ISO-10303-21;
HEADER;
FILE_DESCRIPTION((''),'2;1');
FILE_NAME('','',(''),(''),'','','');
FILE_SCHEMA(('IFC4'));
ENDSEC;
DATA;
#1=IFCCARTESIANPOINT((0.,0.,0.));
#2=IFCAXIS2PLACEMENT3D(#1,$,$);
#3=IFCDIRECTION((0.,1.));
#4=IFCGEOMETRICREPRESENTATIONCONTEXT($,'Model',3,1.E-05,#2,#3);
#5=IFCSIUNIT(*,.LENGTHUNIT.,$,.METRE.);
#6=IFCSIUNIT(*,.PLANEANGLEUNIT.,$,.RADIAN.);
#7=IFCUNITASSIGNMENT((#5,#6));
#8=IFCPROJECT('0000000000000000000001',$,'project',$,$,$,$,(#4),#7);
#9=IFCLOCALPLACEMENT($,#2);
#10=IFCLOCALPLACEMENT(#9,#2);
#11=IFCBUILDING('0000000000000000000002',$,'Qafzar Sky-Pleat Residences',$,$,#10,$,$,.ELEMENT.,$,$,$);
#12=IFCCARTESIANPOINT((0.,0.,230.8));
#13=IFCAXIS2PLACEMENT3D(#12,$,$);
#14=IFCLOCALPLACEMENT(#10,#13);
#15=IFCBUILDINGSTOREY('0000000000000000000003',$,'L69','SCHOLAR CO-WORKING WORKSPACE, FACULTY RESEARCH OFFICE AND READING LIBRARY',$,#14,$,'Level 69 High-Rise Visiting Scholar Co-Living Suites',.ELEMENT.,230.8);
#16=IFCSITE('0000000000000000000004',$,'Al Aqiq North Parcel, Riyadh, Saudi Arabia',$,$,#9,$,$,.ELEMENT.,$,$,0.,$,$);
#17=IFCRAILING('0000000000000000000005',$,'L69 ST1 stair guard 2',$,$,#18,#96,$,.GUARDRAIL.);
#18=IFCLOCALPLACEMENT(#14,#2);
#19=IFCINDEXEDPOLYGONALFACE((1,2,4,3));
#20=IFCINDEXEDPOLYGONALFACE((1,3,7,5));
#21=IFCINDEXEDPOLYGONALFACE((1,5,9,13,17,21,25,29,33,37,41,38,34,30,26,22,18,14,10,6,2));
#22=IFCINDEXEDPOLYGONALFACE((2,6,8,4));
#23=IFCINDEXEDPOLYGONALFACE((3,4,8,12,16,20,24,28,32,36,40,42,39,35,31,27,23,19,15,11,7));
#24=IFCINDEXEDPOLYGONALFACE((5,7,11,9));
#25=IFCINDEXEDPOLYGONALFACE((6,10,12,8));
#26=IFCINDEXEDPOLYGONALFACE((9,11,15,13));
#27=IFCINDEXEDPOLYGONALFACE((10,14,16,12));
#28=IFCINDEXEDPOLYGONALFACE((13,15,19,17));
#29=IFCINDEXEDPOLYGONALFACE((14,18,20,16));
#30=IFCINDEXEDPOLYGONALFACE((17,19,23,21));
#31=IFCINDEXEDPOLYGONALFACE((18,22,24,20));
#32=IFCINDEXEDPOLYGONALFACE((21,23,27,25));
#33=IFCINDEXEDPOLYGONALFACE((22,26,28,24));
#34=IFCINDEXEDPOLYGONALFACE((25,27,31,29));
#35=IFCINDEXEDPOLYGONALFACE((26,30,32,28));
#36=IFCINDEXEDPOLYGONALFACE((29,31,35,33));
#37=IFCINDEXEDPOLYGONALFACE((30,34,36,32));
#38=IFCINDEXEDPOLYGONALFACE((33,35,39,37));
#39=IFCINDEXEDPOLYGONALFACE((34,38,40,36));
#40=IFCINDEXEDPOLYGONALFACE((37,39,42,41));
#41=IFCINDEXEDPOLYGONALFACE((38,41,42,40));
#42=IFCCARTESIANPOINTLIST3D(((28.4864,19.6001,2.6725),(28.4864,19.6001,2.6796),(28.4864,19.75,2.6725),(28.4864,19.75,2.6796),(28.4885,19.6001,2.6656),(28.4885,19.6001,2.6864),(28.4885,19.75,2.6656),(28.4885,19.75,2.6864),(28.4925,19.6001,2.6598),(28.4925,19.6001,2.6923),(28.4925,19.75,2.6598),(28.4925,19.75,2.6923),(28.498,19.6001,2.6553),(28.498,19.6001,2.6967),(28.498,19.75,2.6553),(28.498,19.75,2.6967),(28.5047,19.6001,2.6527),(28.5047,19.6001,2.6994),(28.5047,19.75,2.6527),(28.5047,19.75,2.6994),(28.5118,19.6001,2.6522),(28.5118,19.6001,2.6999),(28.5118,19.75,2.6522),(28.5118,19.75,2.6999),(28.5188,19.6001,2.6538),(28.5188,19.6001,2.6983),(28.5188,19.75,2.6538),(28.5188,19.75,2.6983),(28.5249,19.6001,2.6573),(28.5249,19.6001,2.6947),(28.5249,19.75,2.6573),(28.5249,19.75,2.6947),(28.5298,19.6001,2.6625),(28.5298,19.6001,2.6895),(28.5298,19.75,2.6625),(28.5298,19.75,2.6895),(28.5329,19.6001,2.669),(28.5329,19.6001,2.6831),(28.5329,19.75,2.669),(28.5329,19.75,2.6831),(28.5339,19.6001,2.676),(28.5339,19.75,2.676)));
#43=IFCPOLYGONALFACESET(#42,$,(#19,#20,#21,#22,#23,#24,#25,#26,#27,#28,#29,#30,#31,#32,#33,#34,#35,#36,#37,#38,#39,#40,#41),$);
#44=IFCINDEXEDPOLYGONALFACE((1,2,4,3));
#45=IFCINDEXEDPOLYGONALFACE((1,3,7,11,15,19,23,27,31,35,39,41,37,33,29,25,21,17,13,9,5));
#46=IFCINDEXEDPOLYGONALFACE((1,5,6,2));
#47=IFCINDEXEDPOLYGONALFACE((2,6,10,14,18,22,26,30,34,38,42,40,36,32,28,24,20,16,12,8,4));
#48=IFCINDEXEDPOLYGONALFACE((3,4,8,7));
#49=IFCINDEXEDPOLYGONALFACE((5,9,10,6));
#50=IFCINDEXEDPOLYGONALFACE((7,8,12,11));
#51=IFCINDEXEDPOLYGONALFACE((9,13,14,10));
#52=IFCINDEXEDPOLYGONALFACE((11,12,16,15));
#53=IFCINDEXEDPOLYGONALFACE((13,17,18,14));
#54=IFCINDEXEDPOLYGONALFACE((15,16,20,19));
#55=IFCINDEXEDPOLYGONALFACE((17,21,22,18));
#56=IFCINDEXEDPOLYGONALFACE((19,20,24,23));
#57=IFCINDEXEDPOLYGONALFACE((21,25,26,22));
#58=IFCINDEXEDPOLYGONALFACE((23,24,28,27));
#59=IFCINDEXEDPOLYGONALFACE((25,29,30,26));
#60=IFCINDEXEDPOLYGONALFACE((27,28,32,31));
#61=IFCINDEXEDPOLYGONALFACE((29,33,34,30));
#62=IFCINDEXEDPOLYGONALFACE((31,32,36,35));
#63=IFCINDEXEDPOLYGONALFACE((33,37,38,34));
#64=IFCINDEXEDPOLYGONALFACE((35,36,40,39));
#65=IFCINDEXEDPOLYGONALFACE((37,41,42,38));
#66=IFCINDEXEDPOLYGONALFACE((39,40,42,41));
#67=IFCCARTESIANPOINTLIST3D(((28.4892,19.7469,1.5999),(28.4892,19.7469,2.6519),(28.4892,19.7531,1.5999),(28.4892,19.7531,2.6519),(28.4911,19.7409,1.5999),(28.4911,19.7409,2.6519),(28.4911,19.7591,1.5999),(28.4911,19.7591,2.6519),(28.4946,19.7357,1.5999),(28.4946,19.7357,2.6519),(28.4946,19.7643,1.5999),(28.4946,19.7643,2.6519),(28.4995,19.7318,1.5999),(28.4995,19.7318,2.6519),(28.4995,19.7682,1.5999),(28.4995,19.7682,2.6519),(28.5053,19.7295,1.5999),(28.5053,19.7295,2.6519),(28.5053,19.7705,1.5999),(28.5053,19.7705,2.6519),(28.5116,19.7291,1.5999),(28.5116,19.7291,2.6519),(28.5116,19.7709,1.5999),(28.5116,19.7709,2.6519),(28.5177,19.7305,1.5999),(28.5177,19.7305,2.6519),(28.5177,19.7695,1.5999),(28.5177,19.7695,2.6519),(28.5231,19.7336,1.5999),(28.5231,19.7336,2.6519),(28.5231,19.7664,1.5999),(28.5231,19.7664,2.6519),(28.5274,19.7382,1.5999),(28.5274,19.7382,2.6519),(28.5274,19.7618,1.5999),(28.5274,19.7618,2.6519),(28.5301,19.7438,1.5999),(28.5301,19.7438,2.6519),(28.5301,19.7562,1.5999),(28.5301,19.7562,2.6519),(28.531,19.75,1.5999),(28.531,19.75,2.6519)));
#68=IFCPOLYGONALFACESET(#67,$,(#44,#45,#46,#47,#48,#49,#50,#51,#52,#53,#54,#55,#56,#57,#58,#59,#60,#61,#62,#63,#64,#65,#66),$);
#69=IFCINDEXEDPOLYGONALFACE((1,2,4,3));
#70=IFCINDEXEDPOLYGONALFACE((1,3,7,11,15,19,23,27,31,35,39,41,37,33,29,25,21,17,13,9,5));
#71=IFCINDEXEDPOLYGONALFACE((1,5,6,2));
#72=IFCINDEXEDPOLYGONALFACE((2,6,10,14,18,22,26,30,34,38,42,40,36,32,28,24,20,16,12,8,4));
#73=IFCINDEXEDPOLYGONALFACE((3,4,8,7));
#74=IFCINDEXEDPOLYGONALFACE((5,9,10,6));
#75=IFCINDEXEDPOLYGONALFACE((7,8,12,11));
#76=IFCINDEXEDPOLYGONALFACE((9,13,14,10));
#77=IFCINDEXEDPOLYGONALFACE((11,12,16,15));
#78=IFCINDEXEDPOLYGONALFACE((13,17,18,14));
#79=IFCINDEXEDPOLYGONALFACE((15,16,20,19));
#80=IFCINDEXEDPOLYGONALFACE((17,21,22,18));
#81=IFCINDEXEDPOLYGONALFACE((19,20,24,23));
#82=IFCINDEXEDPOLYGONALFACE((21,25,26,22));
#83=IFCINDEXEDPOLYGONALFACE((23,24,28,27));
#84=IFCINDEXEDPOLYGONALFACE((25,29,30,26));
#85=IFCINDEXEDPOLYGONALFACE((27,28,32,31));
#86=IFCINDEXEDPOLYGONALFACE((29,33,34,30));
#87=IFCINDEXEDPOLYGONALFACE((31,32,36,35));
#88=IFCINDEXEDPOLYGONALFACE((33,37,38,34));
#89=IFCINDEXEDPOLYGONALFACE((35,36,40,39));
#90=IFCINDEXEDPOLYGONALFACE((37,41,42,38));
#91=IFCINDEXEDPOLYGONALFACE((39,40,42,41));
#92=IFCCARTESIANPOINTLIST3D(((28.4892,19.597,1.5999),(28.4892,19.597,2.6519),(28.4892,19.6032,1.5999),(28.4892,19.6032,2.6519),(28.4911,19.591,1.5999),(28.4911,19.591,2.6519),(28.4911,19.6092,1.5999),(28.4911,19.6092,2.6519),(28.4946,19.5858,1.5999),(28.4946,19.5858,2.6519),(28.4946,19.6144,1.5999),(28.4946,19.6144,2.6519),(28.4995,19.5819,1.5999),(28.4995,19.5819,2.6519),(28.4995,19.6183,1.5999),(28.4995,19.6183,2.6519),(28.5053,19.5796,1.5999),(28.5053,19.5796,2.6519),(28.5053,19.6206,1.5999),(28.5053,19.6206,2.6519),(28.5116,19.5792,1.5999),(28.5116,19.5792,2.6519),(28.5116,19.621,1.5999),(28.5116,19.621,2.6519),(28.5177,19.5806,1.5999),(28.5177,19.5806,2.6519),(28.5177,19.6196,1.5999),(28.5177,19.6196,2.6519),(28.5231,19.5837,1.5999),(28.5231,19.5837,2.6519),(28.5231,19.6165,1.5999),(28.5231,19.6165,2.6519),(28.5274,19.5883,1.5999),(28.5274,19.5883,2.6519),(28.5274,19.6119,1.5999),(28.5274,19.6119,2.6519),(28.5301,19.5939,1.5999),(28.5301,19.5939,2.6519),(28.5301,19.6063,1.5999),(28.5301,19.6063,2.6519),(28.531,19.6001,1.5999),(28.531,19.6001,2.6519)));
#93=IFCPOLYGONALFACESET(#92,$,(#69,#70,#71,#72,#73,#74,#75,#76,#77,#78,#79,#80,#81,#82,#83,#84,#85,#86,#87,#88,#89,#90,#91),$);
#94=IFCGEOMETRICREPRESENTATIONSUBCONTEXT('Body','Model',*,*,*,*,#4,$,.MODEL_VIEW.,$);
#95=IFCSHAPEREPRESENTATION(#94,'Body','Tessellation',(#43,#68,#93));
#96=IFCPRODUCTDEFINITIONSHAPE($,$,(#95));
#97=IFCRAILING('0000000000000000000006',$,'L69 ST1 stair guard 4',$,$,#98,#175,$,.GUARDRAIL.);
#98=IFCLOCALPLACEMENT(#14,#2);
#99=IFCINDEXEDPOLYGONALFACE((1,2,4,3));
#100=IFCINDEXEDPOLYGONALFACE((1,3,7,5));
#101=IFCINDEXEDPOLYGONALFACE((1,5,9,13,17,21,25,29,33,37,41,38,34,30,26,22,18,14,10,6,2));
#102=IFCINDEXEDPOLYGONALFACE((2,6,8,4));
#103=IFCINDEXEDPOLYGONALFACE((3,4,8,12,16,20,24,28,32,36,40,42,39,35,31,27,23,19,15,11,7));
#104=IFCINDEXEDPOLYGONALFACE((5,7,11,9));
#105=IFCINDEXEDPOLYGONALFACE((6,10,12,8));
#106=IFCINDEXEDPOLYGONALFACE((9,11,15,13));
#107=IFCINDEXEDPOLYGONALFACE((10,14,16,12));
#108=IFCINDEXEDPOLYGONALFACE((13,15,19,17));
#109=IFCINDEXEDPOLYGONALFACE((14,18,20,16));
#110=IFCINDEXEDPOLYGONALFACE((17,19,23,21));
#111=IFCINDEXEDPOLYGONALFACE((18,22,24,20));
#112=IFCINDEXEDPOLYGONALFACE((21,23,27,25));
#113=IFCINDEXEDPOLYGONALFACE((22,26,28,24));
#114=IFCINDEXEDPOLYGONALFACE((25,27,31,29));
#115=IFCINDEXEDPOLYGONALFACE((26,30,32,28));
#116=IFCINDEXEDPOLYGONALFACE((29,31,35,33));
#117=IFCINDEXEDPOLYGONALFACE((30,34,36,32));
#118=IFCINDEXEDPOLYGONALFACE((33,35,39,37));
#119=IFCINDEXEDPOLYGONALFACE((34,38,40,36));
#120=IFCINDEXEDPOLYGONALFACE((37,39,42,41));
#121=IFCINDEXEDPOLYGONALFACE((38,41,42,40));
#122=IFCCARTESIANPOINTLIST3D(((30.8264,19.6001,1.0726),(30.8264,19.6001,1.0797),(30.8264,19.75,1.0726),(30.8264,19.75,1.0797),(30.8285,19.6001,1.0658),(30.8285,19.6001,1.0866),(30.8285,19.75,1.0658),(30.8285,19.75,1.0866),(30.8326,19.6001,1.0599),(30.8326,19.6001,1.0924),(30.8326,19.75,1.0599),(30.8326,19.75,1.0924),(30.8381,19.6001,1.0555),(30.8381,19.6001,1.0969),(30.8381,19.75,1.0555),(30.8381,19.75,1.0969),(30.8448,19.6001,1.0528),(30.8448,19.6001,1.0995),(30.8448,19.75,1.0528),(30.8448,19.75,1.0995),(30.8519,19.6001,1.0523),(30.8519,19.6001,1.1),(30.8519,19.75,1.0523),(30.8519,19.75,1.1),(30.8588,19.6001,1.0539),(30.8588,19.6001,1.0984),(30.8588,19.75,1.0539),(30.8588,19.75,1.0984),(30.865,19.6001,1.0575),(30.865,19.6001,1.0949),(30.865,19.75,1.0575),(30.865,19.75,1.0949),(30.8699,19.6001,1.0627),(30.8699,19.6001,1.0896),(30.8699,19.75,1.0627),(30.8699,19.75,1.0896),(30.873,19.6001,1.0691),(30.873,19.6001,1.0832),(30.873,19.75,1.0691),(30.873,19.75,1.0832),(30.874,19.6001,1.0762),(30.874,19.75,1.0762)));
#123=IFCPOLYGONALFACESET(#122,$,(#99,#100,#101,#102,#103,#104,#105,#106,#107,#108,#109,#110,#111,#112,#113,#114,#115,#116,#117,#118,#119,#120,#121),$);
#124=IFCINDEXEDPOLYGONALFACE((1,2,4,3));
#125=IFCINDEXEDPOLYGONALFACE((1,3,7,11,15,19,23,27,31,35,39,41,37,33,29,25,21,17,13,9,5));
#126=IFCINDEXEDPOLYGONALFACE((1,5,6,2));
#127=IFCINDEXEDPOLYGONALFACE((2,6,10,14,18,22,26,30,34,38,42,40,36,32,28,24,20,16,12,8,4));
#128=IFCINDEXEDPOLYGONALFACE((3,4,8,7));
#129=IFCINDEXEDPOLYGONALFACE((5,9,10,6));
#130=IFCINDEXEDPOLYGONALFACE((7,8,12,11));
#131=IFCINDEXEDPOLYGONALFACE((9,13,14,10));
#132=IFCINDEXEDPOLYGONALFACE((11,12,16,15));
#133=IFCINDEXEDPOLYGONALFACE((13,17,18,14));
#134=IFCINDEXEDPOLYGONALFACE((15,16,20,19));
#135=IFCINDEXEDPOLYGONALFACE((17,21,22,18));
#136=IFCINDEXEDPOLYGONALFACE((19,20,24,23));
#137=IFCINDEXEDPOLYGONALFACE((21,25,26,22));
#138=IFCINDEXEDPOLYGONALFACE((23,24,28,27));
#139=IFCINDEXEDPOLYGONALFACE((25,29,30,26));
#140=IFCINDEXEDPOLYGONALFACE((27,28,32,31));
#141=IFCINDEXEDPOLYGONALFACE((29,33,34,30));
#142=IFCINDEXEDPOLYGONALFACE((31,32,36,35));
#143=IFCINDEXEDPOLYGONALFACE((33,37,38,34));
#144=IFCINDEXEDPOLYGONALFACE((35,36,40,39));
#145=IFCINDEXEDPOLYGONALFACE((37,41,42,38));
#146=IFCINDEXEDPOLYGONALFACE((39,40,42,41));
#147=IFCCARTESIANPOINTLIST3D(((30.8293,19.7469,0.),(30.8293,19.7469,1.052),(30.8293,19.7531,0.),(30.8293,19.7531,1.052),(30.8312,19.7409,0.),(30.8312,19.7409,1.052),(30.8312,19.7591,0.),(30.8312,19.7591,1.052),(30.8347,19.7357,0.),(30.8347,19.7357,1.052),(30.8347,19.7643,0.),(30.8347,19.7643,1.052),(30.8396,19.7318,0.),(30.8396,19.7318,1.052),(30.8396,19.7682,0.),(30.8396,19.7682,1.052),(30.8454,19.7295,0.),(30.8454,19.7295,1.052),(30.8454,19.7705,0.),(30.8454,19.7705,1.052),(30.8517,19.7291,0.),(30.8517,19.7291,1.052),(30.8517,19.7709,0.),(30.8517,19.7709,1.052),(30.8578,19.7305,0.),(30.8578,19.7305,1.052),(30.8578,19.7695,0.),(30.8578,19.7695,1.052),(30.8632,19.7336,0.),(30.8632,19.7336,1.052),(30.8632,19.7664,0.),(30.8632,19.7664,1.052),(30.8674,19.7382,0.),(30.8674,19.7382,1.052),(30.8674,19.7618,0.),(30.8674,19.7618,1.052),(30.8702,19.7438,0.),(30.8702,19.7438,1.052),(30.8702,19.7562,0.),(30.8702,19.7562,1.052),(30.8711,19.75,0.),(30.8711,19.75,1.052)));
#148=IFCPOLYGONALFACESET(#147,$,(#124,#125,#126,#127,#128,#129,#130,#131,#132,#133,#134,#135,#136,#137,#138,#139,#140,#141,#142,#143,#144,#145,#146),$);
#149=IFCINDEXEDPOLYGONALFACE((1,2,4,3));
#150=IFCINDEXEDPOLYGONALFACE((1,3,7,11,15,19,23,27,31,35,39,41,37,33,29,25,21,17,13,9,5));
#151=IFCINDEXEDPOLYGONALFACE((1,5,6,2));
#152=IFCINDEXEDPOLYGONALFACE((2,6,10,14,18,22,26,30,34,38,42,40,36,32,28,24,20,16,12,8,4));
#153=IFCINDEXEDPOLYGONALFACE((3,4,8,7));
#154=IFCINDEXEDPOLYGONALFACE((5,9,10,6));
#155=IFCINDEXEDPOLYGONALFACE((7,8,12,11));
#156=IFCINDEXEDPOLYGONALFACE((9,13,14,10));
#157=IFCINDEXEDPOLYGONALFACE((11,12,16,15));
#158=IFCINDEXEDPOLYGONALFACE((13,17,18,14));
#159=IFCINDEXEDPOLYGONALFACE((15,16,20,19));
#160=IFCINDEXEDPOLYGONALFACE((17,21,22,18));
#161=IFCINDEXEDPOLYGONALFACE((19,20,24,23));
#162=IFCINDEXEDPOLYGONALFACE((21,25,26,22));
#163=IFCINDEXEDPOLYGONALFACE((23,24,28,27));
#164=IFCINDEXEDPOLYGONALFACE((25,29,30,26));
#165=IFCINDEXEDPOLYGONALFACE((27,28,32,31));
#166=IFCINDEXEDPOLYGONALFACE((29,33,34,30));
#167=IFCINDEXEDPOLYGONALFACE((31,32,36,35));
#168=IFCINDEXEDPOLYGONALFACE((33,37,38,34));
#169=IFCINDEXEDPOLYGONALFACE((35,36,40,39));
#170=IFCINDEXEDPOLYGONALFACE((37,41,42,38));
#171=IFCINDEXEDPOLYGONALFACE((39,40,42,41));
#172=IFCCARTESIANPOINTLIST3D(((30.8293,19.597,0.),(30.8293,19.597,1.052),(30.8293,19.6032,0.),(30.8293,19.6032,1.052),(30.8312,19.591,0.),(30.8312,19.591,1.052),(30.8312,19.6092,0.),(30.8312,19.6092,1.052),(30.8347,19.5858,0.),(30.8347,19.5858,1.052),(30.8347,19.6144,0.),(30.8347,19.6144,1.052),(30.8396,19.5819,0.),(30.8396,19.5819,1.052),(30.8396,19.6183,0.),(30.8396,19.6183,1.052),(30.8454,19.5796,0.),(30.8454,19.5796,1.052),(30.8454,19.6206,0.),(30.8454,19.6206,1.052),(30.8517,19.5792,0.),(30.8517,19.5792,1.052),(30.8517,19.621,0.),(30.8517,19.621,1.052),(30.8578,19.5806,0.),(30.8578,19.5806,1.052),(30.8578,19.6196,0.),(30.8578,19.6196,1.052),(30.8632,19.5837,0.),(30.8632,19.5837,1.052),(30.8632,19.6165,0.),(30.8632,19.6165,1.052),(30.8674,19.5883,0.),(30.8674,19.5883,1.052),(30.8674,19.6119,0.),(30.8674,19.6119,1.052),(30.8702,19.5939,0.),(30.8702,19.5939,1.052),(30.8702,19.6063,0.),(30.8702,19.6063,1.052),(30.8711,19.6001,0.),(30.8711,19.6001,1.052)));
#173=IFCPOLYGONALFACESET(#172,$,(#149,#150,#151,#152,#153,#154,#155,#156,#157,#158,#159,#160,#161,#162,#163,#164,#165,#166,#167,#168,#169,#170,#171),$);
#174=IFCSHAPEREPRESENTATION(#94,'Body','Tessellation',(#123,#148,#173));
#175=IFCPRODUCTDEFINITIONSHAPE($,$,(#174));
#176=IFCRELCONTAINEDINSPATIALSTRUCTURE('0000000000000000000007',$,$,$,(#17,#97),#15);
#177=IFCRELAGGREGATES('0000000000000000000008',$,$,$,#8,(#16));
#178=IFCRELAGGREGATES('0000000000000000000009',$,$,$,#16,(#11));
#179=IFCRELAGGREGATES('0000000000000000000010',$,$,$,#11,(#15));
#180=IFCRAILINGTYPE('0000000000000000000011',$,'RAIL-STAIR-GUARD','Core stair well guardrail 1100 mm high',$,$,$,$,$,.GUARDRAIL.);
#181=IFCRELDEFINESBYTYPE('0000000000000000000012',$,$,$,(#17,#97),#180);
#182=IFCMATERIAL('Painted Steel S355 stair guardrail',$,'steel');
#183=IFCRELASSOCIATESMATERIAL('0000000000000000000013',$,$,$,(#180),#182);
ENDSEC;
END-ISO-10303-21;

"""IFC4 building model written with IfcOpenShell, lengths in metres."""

from ifc_helpers import new_model, si_unit, direction, frame, origin, origin_2d, place, context, subcontext, project, spatial, circle, extrude, source, transform, mapped, material, type_object, element, save


model = new_model("IFC4")

# Units and contexts
model_context = context("Model", 3, precision=1e-05, world=origin(), true_north=direction((0.0, 1.0)))
body_context = subcontext(model_context, "Body", "Model", "MODEL_VIEW")
ifc_project = project(units=[si_unit("LENGTHUNIT", "METRE"), si_unit("PLANEANGLEUNIT", "RADIAN")], contexts=[model_context])

# Site, building, storey
site_placement = place(None, origin())
site = spatial("IfcSite", under=ifc_project, at=site_placement, Name="Al Aqiq North Parcel, Riyadh, Saudi Arabia", CompositionType="ELEMENT", RefElevation=0.0)
building_placement = place(site_placement, origin())
building = spatial("IfcBuilding", under=site, at=building_placement, Name="Qafzar Sky-Pleat Residences", CompositionType="ELEMENT")
storey_placement = place(building_placement, frame((0.0, 0.0, 230.8)))
storey = spatial("IfcBuildingStorey", under=building, at=storey_placement, Name="L69", Description="SCHOLAR CO-WORKING WORKSPACE, FACULTY RESEARCH OFFICE AND READING LIBRARY", LongName="Level 69 High-Rise Visiting Scholar Co-Living Suites", CompositionType="ELEMENT", Elevation=230.8)

# Railings
ifc_material_1 = material(Name="Painted Steel S355 stair guardrail", Category="steel")
railing_type_1 = type_object("IfcRailingType", Name="RAIL-STAIR-GUARD", Description="Core stair well guardrail 1100 mm high", PredefinedType="GUARDRAIL", material=ifc_material_1)
shared_shape_1 = source(origin(), body_context, "Body", "SweptSolid", [
    extrude(circle(Radius=0.0239, at=origin_2d()), frame((0.0, 0.0, 1.0762), z_axis=(0.0, -1.0, 0.0), x_axis=(1.0, 0.0, 0.0)), (0.0, 0.0, 1.0), 0.1499),
    extrude(circle(Radius=0.021, at=origin_2d()), origin(), (0.0, 0.0, 1.0), 1.052),
    extrude(circle(Radius=0.021, at=origin_2d()), frame((0.0, -0.1499, 0.0)), (0.0, 0.0, 1.0), 1.052),
])
for number, where, name in (
    (1, (28.51, 19.75, 1.5999), "L69 ST1 stair guard 2"),
    (2, (30.8501, 19.75, 0.0), "L69 ST1 stair guard 4"),
):
    element("IfcRailing", number, at=place(storey_placement, frame(where)), inside=storey, type_object=railing_type_1, Name=name, PredefinedType="GUARDRAIL", context=body_context, shape_type="MappedRepresentation", body=[
        mapped(shared_shape_1, transform((0.0, 0.0, 0.0), x_axis=(1.0, 0.0, 0.0), y_axis=(0.0, 1.0, 0.0), z_axis=(0.0, 0.0, 1.0), scale=1.0)),
    ])

save(model, "model.ifc")
